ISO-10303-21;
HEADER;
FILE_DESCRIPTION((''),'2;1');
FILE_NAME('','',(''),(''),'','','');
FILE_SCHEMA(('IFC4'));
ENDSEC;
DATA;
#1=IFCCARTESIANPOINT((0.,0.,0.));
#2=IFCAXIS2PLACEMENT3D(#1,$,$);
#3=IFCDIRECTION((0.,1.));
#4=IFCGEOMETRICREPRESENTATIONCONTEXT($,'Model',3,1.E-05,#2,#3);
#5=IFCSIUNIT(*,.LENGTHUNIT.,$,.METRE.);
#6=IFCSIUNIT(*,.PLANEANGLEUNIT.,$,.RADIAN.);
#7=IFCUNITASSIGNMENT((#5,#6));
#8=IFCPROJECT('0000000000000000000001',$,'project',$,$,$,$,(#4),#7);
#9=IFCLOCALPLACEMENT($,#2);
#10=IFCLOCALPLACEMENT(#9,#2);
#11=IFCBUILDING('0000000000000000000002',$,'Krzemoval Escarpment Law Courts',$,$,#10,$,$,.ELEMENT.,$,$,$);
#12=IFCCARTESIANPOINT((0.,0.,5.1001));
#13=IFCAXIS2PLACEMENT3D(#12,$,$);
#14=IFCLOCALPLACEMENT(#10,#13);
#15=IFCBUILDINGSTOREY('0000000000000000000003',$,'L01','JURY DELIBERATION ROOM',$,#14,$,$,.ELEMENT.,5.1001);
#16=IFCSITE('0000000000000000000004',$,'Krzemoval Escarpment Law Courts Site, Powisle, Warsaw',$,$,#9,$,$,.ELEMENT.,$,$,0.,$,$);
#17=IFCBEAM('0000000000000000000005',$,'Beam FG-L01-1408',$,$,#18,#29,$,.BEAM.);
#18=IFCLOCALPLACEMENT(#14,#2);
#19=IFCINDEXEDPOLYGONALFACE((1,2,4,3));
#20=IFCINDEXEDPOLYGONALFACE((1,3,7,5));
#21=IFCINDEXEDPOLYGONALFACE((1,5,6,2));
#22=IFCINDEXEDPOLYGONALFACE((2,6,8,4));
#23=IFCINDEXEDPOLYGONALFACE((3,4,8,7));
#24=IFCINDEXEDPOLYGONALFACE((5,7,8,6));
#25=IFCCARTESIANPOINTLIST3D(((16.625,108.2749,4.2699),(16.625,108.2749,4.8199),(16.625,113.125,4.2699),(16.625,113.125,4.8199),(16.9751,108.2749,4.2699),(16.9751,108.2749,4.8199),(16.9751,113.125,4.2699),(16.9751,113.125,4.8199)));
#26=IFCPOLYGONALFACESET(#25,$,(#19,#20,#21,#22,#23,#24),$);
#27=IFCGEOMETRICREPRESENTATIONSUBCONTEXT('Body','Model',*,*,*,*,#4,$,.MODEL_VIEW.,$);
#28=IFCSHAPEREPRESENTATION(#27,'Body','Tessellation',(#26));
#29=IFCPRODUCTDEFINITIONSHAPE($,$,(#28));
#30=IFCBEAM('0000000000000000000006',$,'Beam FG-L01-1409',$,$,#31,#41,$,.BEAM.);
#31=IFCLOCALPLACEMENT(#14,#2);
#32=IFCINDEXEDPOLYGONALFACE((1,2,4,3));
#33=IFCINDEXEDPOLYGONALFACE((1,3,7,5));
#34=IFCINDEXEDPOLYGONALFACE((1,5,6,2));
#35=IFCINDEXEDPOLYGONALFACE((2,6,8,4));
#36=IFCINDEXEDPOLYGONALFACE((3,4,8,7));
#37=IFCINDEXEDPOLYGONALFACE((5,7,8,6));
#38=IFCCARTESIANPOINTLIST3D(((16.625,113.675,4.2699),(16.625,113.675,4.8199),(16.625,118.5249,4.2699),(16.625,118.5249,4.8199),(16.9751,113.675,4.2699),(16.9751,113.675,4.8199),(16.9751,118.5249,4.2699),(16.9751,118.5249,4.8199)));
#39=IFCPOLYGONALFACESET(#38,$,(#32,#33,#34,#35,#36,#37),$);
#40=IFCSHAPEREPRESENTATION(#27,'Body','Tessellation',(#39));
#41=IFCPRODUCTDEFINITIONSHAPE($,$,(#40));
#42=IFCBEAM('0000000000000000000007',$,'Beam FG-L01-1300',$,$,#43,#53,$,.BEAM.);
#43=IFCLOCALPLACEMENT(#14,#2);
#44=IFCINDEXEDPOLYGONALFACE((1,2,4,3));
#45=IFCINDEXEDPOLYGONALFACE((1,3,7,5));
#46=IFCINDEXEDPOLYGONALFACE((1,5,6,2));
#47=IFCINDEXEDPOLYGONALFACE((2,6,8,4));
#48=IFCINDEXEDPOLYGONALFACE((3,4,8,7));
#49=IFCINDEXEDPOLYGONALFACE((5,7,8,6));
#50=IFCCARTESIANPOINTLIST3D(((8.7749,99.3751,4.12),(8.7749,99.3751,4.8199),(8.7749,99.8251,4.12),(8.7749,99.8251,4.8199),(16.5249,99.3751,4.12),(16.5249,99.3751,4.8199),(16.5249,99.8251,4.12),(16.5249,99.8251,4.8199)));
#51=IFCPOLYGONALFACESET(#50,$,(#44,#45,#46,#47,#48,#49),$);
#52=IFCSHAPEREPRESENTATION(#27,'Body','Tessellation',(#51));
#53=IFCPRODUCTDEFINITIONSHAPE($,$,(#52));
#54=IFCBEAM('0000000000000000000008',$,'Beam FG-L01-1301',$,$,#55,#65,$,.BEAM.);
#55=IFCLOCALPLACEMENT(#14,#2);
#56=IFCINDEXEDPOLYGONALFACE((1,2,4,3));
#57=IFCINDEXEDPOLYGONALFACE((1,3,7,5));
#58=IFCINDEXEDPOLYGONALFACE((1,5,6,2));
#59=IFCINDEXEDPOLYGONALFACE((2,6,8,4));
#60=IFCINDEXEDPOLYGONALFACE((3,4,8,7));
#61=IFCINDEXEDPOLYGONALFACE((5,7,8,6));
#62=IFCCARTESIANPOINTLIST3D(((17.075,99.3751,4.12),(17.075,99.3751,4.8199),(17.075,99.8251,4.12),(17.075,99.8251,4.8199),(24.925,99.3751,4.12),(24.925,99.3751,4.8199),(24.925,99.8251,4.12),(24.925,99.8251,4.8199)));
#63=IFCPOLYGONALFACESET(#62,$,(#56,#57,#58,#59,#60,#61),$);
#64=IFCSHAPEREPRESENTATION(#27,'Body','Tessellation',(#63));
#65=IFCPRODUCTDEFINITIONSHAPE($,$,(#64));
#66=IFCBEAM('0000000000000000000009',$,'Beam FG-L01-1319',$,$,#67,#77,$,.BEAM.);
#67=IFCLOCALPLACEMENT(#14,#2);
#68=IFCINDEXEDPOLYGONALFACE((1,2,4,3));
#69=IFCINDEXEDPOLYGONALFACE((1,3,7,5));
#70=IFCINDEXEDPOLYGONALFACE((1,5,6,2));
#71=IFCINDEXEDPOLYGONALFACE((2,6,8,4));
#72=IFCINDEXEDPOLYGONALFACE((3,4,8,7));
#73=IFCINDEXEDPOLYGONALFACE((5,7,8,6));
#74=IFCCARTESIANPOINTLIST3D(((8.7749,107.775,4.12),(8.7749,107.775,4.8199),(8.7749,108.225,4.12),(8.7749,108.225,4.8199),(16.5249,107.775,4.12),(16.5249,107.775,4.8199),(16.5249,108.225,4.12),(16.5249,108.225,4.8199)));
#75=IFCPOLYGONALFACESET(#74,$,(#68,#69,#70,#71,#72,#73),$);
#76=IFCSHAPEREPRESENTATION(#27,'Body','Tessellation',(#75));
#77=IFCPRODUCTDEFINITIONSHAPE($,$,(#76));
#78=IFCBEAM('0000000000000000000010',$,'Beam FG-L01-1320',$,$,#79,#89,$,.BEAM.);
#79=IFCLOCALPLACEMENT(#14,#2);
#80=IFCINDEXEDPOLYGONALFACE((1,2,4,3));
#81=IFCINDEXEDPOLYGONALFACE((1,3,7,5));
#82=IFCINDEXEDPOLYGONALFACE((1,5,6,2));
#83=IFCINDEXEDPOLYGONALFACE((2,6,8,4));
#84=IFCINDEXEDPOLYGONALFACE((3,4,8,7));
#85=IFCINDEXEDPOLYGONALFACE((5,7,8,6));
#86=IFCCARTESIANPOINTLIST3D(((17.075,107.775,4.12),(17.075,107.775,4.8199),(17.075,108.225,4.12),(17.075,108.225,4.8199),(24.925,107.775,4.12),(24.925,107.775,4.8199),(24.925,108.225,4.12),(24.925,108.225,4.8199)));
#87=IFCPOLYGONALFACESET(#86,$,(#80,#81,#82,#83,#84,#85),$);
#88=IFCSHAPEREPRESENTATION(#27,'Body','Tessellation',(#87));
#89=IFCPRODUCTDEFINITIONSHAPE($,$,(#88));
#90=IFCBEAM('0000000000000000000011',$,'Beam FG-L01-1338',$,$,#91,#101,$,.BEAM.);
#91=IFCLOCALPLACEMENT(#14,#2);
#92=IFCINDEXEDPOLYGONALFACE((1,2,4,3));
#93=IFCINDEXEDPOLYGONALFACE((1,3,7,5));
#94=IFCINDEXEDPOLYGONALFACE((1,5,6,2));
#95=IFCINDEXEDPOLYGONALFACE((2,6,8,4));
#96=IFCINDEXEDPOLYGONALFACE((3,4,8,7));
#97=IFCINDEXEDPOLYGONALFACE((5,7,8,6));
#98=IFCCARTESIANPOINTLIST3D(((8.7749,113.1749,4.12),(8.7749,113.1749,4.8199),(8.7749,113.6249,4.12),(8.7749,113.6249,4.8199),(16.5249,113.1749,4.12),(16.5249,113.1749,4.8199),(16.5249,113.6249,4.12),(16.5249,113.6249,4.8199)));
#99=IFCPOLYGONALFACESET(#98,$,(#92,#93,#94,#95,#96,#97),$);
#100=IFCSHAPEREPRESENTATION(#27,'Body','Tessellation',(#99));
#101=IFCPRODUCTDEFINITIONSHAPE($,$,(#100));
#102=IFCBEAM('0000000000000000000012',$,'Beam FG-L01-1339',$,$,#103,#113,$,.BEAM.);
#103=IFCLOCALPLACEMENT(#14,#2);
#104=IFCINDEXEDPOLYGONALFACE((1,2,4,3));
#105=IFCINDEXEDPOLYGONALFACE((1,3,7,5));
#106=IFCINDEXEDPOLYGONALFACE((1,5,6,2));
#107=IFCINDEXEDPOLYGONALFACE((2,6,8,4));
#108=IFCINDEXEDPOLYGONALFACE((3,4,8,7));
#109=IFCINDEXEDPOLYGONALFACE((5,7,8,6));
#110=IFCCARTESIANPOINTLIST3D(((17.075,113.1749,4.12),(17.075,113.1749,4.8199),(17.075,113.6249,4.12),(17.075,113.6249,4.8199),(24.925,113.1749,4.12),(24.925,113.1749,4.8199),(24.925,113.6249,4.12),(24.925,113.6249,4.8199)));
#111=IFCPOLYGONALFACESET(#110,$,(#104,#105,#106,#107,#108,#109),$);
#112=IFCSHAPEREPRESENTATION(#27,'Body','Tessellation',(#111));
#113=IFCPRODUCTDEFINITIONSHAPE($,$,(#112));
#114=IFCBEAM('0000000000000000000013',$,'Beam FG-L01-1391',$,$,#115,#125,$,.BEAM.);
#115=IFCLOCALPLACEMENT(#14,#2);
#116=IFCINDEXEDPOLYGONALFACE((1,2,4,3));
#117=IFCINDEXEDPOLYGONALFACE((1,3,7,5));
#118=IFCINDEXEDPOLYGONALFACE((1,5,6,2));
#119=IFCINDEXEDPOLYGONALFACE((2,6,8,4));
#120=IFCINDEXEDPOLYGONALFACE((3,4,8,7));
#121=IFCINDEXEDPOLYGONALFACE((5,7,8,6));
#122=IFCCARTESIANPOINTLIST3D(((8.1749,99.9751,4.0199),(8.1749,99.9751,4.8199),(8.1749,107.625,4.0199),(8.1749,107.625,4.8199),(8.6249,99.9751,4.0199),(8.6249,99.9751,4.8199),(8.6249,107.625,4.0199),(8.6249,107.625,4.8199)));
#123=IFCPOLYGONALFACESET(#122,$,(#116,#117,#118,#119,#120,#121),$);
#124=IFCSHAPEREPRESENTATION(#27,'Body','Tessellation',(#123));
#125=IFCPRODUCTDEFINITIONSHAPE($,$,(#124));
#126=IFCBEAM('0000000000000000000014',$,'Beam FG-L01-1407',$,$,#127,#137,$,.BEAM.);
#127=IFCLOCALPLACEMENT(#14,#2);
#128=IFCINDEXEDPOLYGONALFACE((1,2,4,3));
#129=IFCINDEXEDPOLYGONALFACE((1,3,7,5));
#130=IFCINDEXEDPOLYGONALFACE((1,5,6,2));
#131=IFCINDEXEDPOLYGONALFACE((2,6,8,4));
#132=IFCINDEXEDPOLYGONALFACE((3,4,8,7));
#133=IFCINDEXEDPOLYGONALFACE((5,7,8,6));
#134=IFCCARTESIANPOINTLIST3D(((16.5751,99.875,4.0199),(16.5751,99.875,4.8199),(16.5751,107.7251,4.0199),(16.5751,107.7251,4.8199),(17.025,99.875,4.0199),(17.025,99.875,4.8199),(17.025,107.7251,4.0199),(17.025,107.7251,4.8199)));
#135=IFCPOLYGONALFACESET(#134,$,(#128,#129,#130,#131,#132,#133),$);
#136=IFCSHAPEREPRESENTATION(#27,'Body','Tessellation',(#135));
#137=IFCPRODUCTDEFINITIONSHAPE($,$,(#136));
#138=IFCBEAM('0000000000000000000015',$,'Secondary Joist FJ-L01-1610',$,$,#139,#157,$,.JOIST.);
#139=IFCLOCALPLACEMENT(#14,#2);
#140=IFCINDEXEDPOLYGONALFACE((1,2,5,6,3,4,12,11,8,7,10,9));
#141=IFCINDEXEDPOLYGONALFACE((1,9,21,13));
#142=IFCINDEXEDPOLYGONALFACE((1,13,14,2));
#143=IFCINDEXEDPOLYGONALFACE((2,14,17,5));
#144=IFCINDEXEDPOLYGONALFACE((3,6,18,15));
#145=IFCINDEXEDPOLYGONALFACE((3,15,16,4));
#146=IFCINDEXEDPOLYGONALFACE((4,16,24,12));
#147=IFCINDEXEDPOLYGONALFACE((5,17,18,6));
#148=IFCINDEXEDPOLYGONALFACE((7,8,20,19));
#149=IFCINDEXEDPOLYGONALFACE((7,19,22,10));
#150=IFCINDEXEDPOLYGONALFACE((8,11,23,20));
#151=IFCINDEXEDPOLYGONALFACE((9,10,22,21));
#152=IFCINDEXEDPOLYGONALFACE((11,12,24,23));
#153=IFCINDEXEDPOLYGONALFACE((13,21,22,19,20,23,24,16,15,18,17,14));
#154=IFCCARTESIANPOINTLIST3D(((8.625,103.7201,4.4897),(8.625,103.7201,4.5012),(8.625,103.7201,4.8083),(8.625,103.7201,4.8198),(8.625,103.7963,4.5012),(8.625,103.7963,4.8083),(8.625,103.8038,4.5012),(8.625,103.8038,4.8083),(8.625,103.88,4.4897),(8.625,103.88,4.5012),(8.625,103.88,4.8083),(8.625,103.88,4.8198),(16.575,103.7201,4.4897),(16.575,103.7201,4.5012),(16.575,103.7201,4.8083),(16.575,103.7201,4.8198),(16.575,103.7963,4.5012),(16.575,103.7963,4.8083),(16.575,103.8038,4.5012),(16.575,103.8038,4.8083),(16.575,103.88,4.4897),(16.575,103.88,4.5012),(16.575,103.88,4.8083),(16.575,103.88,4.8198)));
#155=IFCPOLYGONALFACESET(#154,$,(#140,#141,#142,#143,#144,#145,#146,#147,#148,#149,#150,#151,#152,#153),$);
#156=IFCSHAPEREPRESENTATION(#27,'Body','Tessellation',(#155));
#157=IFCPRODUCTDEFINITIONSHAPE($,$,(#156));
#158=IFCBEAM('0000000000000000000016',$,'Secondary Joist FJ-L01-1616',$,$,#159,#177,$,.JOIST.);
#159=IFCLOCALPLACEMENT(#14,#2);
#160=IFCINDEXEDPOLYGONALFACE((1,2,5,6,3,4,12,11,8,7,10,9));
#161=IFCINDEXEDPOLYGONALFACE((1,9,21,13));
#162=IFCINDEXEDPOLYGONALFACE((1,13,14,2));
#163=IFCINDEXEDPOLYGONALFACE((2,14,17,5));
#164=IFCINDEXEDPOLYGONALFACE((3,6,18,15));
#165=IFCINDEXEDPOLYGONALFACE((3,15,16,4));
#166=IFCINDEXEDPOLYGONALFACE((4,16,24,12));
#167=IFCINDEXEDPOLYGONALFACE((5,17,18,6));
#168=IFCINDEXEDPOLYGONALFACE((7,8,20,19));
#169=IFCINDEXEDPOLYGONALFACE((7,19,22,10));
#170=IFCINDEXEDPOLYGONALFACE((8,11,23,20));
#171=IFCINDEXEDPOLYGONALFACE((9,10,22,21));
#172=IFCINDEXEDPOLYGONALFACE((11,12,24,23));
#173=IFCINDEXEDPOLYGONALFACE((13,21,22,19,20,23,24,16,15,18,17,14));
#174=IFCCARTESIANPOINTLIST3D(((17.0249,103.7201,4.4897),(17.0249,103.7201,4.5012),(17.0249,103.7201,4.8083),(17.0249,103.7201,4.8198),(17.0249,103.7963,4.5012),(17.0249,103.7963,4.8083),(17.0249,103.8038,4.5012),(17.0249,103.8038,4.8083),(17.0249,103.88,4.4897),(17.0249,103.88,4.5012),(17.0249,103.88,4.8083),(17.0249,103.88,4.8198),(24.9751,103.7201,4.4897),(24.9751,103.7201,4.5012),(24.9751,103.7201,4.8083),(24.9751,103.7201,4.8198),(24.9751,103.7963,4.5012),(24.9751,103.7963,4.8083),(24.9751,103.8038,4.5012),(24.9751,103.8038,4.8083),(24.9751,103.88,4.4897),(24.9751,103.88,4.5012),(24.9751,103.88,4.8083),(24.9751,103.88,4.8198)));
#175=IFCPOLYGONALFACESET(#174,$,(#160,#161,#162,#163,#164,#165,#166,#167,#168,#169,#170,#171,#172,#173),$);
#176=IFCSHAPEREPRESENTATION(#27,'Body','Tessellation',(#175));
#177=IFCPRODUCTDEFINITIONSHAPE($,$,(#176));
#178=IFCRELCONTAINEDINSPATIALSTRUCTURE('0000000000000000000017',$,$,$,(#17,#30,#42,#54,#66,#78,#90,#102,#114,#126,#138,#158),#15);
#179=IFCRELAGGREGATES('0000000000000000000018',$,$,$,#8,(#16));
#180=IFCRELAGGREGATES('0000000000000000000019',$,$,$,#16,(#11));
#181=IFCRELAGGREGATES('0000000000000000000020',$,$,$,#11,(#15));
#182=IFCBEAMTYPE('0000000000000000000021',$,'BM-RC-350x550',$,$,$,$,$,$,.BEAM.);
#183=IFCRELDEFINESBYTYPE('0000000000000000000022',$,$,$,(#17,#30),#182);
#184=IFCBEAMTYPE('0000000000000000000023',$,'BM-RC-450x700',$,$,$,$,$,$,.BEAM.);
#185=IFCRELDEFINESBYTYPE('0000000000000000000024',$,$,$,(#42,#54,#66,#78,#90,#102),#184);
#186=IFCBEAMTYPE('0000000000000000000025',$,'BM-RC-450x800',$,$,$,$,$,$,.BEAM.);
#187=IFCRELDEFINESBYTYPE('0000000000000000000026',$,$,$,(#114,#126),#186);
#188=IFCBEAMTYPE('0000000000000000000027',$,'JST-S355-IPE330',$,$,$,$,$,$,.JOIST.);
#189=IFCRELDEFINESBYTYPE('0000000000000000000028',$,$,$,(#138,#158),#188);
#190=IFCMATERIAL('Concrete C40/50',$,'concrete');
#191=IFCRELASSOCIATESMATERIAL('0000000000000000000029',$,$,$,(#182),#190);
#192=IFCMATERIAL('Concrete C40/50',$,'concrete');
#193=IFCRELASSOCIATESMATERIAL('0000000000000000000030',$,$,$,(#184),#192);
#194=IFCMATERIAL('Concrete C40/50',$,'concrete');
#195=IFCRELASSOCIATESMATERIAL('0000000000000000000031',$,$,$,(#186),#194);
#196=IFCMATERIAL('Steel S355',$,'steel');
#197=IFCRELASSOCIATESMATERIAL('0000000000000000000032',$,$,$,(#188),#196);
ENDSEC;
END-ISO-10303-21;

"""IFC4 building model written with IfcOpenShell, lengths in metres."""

from ifc_helpers import new_model, si_unit, direction, frame, origin, origin_2d, place, context, subcontext, project, spatial, rectangle, i_section, extrude, material, material_profile, profile_set, type_object, element, save


model = new_model("IFC4")

# Units and contexts
model_context = context("Model", 3, precision=1e-05, world=origin(), true_north=direction((0.0, 1.0)))
body_context = subcontext(model_context, "Body", "Model", "MODEL_VIEW")
ifc_project = project(units=[si_unit("LENGTHUNIT", "METRE"), si_unit("PLANEANGLEUNIT", "RADIAN")], contexts=[model_context])

# Site, building, storey
site_placement = place(None, origin())
site = spatial("IfcSite", under=ifc_project, at=site_placement, Name="Krzemoval Escarpment Law Courts Site, Powisle, Warsaw", CompositionType="ELEMENT", RefElevation=0.0)
building_placement = place(site_placement, origin())
building = spatial("IfcBuilding", under=site, at=building_placement, Name="Krzemoval Escarpment Law Courts", CompositionType="ELEMENT")
storey_placement = place(building_placement, frame((0.0, 0.0, 5.1001)))
storey = spatial("IfcBuildingStorey", under=building, at=storey_placement, Name="L01", Description="JURY DELIBERATION ROOM", CompositionType="ELEMENT", Elevation=5.1001)

# Beams
ifc_material_1 = material(Name="Concrete C40/50", Category="concrete")
ifc_material_profile_1 = material_profile(ifc_material_1, rectangle(XDim=0.3501, YDim=0.55, at=origin_2d()), Name="RCB 350x550")
ifc_profile_set_1 = profile_set([ifc_material_profile_1], Name="Concrete C40/50")
beam_type_1 = type_object("IfcBeamType", Name="BM-RC-350x550", PredefinedType="BEAM", material=ifc_profile_set_1)
beam_1_placement = place(storey_placement, frame((16.8, 108.2749, 4.5449), z_axis=(0.0, 1.0, 0.0), x_axis=(-1.0, 0.0, 0.0)))
element("IfcBeam", 1, at=beam_1_placement, inside=storey, type_object=beam_type_1, Name="Beam FG-L01-1408", PredefinedType="BEAM", context=body_context, shape_type="SweptSolid", body=[
    extrude(rectangle(XDim=0.3501, YDim=0.55, at=origin_2d()), origin(), (0.0, 0.0, 1.0), 4.8501),
])
beam_2_placement = place(storey_placement, frame((16.8, 113.675, 4.5449), z_axis=(0.0, 1.0, 0.0), x_axis=(-1.0, 0.0, 0.0)))
element("IfcBeam", 2, at=beam_2_placement, inside=storey, type_object=beam_type_1, Name="Beam FG-L01-1409", PredefinedType="BEAM", context=body_context, shape_type="SweptSolid", body=[
    extrude(rectangle(XDim=0.3501, YDim=0.55, at=origin_2d()), origin(), (0.0, 0.0, 1.0), 4.8499),
])
ifc_material_2 = material(Name="Concrete C40/50", Category="concrete")
ifc_material_profile_2 = material_profile(ifc_material_2, rectangle(XDim=0.45, YDim=0.7, at=origin_2d()), Name="RCB 450x700")
ifc_profile_set_2 = profile_set([ifc_material_profile_2], Name="Concrete C40/50")
beam_type_2 = type_object("IfcBeamType", Name="BM-RC-450x700", PredefinedType="BEAM", material=ifc_profile_set_2)
beam_3_placement = place(storey_placement, frame((8.7749, 99.6001, 4.47), z_axis=(1.0, 0.0, 0.0), x_axis=(0.0, 1.0, 0.0)))
element("IfcBeam", 3, at=beam_3_placement, inside=storey, type_object=beam_type_2, Name="Beam FG-L01-1300", PredefinedType="BEAM", context=body_context, shape_type="SweptSolid", body=[
    extrude(rectangle(XDim=0.45, YDim=0.7, at=origin_2d()), origin(), (0.0, 0.0, 1.0), 7.75),
])
beam_4_placement = place(storey_placement, frame((17.075, 99.6001, 4.47), z_axis=(1.0, 0.0, 0.0), x_axis=(0.0, 1.0, 0.0)))
element("IfcBeam", 4, at=beam_4_placement, inside=storey, type_object=beam_type_2, Name="Beam FG-L01-1301", PredefinedType="BEAM", context=body_context, shape_type="SweptSolid", body=[
    extrude(rectangle(XDim=0.45, YDim=0.7, at=origin_2d()), origin(), (0.0, 0.0, 1.0), 7.8501),
])
beam_5_placement = place(storey_placement, frame((8.7749, 108.0, 4.47), z_axis=(1.0, 0.0, 0.0), x_axis=(0.0, 1.0, 0.0)))
element("IfcBeam", 5, at=beam_5_placement, inside=storey, type_object=beam_type_2, Name="Beam FG-L01-1319", PredefinedType="BEAM", context=body_context, shape_type="SweptSolid", body=[
    extrude(rectangle(XDim=0.45, YDim=0.7, at=origin_2d()), origin(), (0.0, 0.0, 1.0), 7.75),
])
beam_6_placement = place(storey_placement, frame((17.075, 108.0, 4.47), z_axis=(1.0, 0.0, 0.0), x_axis=(0.0, 1.0, 0.0)))
element("IfcBeam", 6, at=beam_6_placement, inside=storey, type_object=beam_type_2, Name="Beam FG-L01-1320", PredefinedType="BEAM", context=body_context, shape_type="SweptSolid", body=[
    extrude(rectangle(XDim=0.45, YDim=0.7, at=origin_2d()), origin(), (0.0, 0.0, 1.0), 7.8501),
])
beam_7_placement = place(storey_placement, frame((8.7749, 113.3999, 4.47), z_axis=(1.0, 0.0, 0.0), x_axis=(0.0, 1.0, 0.0)))
element("IfcBeam", 7, at=beam_7_placement, inside=storey, type_object=beam_type_2, Name="Beam FG-L01-1338", PredefinedType="BEAM", context=body_context, shape_type="SweptSolid", body=[
    extrude(rectangle(XDim=0.45, YDim=0.7, at=origin_2d()), origin(), (0.0, 0.0, 1.0), 7.75),
])
beam_8_placement = place(storey_placement, frame((17.075, 113.3999, 4.47), z_axis=(1.0, 0.0, 0.0), x_axis=(0.0, 1.0, 0.0)))
element("IfcBeam", 8, at=beam_8_placement, inside=storey, type_object=beam_type_2, Name="Beam FG-L01-1339", PredefinedType="BEAM", context=body_context, shape_type="SweptSolid", body=[
    extrude(rectangle(XDim=0.45, YDim=0.7, at=origin_2d()), origin(), (0.0, 0.0, 1.0), 7.8501),
])
ifc_material_3 = material(Name="Concrete C40/50", Category="concrete")
ifc_material_profile_3 = material_profile(ifc_material_3, rectangle(XDim=0.45, YDim=0.8, at=origin_2d()), Name="RCB 450x800")
ifc_profile_set_3 = profile_set([ifc_material_profile_3], Name="Concrete C40/50")
beam_type_3 = type_object("IfcBeamType", Name="BM-RC-450x800", PredefinedType="BEAM", material=ifc_profile_set_3)
beam_9_placement = place(storey_placement, frame((8.3999, 99.9751, 4.4199), z_axis=(0.0, 1.0, 0.0), x_axis=(-1.0, 0.0, 0.0)))
element("IfcBeam", 9, at=beam_9_placement, inside=storey, type_object=beam_type_3, Name="Beam FG-L01-1391", PredefinedType="BEAM", context=body_context, shape_type="SweptSolid", body=[
    extrude(rectangle(XDim=0.45, YDim=0.8, at=origin_2d()), origin(), (0.0, 0.0, 1.0), 7.6499),
])
beam_10_placement = place(storey_placement, frame((16.8, 99.875, 4.4199), z_axis=(0.0, 1.0, 0.0), x_axis=(-1.0, 0.0, 0.0)))
element("IfcBeam", 10, at=beam_10_placement, inside=storey, type_object=beam_type_3, Name="Beam FG-L01-1407", PredefinedType="BEAM", context=body_context, shape_type="SweptSolid", body=[
    extrude(rectangle(XDim=0.45, YDim=0.8, at=origin_2d()), origin(), (0.0, 0.0, 1.0), 7.8501),
])
ifc_material_4 = material(Name="Steel S355", Category="steel")
ifc_material_profile_4 = material_profile(ifc_material_4, i_section(OverallWidth=0.1599, OverallDepth=0.3301, WebThickness=0.0076, FlangeThickness=0.0115, at=origin_2d()), Name="IPE 330")
ifc_profile_set_4 = profile_set([ifc_material_profile_4], Name="Steel S355")
beam_type_4 = type_object("IfcBeamType", Name="JST-S355-IPE330", PredefinedType="JOIST", material=ifc_profile_set_4)
beam_11_placement = place(storey_placement, frame((8.625, 103.8, 4.6548), z_axis=(1.0, 0.0, 0.0), x_axis=(0.0, 1.0, 0.0)))
element("IfcBeam", 11, at=beam_11_placement, inside=storey, type_object=beam_type_4, Name="Secondary Joist FJ-L01-1610", PredefinedType="JOIST", context=body_context, shape_type="SweptSolid", body=[
    extrude(i_section(OverallWidth=0.1599, OverallDepth=0.3301, WebThickness=0.0076, FlangeThickness=0.0115, at=origin_2d()), origin(), (0.0, 0.0, 1.0), 7.95),
])
beam_12_placement = place(storey_placement, frame((17.0249, 103.8, 4.6548), z_axis=(1.0, 0.0, 0.0), x_axis=(0.0, 1.0, 0.0)))
element("IfcBeam", 12, at=beam_12_placement, inside=storey, type_object=beam_type_4, Name="Secondary Joist FJ-L01-1616", PredefinedType="JOIST", context=body_context, shape_type="SweptSolid", body=[
    extrude(i_section(OverallWidth=0.1599, OverallDepth=0.3301, WebThickness=0.0076, FlangeThickness=0.0115, at=origin_2d()), origin(), (0.0, 0.0, 1.0), 7.9502),
])

save(model, "model.ifc")
